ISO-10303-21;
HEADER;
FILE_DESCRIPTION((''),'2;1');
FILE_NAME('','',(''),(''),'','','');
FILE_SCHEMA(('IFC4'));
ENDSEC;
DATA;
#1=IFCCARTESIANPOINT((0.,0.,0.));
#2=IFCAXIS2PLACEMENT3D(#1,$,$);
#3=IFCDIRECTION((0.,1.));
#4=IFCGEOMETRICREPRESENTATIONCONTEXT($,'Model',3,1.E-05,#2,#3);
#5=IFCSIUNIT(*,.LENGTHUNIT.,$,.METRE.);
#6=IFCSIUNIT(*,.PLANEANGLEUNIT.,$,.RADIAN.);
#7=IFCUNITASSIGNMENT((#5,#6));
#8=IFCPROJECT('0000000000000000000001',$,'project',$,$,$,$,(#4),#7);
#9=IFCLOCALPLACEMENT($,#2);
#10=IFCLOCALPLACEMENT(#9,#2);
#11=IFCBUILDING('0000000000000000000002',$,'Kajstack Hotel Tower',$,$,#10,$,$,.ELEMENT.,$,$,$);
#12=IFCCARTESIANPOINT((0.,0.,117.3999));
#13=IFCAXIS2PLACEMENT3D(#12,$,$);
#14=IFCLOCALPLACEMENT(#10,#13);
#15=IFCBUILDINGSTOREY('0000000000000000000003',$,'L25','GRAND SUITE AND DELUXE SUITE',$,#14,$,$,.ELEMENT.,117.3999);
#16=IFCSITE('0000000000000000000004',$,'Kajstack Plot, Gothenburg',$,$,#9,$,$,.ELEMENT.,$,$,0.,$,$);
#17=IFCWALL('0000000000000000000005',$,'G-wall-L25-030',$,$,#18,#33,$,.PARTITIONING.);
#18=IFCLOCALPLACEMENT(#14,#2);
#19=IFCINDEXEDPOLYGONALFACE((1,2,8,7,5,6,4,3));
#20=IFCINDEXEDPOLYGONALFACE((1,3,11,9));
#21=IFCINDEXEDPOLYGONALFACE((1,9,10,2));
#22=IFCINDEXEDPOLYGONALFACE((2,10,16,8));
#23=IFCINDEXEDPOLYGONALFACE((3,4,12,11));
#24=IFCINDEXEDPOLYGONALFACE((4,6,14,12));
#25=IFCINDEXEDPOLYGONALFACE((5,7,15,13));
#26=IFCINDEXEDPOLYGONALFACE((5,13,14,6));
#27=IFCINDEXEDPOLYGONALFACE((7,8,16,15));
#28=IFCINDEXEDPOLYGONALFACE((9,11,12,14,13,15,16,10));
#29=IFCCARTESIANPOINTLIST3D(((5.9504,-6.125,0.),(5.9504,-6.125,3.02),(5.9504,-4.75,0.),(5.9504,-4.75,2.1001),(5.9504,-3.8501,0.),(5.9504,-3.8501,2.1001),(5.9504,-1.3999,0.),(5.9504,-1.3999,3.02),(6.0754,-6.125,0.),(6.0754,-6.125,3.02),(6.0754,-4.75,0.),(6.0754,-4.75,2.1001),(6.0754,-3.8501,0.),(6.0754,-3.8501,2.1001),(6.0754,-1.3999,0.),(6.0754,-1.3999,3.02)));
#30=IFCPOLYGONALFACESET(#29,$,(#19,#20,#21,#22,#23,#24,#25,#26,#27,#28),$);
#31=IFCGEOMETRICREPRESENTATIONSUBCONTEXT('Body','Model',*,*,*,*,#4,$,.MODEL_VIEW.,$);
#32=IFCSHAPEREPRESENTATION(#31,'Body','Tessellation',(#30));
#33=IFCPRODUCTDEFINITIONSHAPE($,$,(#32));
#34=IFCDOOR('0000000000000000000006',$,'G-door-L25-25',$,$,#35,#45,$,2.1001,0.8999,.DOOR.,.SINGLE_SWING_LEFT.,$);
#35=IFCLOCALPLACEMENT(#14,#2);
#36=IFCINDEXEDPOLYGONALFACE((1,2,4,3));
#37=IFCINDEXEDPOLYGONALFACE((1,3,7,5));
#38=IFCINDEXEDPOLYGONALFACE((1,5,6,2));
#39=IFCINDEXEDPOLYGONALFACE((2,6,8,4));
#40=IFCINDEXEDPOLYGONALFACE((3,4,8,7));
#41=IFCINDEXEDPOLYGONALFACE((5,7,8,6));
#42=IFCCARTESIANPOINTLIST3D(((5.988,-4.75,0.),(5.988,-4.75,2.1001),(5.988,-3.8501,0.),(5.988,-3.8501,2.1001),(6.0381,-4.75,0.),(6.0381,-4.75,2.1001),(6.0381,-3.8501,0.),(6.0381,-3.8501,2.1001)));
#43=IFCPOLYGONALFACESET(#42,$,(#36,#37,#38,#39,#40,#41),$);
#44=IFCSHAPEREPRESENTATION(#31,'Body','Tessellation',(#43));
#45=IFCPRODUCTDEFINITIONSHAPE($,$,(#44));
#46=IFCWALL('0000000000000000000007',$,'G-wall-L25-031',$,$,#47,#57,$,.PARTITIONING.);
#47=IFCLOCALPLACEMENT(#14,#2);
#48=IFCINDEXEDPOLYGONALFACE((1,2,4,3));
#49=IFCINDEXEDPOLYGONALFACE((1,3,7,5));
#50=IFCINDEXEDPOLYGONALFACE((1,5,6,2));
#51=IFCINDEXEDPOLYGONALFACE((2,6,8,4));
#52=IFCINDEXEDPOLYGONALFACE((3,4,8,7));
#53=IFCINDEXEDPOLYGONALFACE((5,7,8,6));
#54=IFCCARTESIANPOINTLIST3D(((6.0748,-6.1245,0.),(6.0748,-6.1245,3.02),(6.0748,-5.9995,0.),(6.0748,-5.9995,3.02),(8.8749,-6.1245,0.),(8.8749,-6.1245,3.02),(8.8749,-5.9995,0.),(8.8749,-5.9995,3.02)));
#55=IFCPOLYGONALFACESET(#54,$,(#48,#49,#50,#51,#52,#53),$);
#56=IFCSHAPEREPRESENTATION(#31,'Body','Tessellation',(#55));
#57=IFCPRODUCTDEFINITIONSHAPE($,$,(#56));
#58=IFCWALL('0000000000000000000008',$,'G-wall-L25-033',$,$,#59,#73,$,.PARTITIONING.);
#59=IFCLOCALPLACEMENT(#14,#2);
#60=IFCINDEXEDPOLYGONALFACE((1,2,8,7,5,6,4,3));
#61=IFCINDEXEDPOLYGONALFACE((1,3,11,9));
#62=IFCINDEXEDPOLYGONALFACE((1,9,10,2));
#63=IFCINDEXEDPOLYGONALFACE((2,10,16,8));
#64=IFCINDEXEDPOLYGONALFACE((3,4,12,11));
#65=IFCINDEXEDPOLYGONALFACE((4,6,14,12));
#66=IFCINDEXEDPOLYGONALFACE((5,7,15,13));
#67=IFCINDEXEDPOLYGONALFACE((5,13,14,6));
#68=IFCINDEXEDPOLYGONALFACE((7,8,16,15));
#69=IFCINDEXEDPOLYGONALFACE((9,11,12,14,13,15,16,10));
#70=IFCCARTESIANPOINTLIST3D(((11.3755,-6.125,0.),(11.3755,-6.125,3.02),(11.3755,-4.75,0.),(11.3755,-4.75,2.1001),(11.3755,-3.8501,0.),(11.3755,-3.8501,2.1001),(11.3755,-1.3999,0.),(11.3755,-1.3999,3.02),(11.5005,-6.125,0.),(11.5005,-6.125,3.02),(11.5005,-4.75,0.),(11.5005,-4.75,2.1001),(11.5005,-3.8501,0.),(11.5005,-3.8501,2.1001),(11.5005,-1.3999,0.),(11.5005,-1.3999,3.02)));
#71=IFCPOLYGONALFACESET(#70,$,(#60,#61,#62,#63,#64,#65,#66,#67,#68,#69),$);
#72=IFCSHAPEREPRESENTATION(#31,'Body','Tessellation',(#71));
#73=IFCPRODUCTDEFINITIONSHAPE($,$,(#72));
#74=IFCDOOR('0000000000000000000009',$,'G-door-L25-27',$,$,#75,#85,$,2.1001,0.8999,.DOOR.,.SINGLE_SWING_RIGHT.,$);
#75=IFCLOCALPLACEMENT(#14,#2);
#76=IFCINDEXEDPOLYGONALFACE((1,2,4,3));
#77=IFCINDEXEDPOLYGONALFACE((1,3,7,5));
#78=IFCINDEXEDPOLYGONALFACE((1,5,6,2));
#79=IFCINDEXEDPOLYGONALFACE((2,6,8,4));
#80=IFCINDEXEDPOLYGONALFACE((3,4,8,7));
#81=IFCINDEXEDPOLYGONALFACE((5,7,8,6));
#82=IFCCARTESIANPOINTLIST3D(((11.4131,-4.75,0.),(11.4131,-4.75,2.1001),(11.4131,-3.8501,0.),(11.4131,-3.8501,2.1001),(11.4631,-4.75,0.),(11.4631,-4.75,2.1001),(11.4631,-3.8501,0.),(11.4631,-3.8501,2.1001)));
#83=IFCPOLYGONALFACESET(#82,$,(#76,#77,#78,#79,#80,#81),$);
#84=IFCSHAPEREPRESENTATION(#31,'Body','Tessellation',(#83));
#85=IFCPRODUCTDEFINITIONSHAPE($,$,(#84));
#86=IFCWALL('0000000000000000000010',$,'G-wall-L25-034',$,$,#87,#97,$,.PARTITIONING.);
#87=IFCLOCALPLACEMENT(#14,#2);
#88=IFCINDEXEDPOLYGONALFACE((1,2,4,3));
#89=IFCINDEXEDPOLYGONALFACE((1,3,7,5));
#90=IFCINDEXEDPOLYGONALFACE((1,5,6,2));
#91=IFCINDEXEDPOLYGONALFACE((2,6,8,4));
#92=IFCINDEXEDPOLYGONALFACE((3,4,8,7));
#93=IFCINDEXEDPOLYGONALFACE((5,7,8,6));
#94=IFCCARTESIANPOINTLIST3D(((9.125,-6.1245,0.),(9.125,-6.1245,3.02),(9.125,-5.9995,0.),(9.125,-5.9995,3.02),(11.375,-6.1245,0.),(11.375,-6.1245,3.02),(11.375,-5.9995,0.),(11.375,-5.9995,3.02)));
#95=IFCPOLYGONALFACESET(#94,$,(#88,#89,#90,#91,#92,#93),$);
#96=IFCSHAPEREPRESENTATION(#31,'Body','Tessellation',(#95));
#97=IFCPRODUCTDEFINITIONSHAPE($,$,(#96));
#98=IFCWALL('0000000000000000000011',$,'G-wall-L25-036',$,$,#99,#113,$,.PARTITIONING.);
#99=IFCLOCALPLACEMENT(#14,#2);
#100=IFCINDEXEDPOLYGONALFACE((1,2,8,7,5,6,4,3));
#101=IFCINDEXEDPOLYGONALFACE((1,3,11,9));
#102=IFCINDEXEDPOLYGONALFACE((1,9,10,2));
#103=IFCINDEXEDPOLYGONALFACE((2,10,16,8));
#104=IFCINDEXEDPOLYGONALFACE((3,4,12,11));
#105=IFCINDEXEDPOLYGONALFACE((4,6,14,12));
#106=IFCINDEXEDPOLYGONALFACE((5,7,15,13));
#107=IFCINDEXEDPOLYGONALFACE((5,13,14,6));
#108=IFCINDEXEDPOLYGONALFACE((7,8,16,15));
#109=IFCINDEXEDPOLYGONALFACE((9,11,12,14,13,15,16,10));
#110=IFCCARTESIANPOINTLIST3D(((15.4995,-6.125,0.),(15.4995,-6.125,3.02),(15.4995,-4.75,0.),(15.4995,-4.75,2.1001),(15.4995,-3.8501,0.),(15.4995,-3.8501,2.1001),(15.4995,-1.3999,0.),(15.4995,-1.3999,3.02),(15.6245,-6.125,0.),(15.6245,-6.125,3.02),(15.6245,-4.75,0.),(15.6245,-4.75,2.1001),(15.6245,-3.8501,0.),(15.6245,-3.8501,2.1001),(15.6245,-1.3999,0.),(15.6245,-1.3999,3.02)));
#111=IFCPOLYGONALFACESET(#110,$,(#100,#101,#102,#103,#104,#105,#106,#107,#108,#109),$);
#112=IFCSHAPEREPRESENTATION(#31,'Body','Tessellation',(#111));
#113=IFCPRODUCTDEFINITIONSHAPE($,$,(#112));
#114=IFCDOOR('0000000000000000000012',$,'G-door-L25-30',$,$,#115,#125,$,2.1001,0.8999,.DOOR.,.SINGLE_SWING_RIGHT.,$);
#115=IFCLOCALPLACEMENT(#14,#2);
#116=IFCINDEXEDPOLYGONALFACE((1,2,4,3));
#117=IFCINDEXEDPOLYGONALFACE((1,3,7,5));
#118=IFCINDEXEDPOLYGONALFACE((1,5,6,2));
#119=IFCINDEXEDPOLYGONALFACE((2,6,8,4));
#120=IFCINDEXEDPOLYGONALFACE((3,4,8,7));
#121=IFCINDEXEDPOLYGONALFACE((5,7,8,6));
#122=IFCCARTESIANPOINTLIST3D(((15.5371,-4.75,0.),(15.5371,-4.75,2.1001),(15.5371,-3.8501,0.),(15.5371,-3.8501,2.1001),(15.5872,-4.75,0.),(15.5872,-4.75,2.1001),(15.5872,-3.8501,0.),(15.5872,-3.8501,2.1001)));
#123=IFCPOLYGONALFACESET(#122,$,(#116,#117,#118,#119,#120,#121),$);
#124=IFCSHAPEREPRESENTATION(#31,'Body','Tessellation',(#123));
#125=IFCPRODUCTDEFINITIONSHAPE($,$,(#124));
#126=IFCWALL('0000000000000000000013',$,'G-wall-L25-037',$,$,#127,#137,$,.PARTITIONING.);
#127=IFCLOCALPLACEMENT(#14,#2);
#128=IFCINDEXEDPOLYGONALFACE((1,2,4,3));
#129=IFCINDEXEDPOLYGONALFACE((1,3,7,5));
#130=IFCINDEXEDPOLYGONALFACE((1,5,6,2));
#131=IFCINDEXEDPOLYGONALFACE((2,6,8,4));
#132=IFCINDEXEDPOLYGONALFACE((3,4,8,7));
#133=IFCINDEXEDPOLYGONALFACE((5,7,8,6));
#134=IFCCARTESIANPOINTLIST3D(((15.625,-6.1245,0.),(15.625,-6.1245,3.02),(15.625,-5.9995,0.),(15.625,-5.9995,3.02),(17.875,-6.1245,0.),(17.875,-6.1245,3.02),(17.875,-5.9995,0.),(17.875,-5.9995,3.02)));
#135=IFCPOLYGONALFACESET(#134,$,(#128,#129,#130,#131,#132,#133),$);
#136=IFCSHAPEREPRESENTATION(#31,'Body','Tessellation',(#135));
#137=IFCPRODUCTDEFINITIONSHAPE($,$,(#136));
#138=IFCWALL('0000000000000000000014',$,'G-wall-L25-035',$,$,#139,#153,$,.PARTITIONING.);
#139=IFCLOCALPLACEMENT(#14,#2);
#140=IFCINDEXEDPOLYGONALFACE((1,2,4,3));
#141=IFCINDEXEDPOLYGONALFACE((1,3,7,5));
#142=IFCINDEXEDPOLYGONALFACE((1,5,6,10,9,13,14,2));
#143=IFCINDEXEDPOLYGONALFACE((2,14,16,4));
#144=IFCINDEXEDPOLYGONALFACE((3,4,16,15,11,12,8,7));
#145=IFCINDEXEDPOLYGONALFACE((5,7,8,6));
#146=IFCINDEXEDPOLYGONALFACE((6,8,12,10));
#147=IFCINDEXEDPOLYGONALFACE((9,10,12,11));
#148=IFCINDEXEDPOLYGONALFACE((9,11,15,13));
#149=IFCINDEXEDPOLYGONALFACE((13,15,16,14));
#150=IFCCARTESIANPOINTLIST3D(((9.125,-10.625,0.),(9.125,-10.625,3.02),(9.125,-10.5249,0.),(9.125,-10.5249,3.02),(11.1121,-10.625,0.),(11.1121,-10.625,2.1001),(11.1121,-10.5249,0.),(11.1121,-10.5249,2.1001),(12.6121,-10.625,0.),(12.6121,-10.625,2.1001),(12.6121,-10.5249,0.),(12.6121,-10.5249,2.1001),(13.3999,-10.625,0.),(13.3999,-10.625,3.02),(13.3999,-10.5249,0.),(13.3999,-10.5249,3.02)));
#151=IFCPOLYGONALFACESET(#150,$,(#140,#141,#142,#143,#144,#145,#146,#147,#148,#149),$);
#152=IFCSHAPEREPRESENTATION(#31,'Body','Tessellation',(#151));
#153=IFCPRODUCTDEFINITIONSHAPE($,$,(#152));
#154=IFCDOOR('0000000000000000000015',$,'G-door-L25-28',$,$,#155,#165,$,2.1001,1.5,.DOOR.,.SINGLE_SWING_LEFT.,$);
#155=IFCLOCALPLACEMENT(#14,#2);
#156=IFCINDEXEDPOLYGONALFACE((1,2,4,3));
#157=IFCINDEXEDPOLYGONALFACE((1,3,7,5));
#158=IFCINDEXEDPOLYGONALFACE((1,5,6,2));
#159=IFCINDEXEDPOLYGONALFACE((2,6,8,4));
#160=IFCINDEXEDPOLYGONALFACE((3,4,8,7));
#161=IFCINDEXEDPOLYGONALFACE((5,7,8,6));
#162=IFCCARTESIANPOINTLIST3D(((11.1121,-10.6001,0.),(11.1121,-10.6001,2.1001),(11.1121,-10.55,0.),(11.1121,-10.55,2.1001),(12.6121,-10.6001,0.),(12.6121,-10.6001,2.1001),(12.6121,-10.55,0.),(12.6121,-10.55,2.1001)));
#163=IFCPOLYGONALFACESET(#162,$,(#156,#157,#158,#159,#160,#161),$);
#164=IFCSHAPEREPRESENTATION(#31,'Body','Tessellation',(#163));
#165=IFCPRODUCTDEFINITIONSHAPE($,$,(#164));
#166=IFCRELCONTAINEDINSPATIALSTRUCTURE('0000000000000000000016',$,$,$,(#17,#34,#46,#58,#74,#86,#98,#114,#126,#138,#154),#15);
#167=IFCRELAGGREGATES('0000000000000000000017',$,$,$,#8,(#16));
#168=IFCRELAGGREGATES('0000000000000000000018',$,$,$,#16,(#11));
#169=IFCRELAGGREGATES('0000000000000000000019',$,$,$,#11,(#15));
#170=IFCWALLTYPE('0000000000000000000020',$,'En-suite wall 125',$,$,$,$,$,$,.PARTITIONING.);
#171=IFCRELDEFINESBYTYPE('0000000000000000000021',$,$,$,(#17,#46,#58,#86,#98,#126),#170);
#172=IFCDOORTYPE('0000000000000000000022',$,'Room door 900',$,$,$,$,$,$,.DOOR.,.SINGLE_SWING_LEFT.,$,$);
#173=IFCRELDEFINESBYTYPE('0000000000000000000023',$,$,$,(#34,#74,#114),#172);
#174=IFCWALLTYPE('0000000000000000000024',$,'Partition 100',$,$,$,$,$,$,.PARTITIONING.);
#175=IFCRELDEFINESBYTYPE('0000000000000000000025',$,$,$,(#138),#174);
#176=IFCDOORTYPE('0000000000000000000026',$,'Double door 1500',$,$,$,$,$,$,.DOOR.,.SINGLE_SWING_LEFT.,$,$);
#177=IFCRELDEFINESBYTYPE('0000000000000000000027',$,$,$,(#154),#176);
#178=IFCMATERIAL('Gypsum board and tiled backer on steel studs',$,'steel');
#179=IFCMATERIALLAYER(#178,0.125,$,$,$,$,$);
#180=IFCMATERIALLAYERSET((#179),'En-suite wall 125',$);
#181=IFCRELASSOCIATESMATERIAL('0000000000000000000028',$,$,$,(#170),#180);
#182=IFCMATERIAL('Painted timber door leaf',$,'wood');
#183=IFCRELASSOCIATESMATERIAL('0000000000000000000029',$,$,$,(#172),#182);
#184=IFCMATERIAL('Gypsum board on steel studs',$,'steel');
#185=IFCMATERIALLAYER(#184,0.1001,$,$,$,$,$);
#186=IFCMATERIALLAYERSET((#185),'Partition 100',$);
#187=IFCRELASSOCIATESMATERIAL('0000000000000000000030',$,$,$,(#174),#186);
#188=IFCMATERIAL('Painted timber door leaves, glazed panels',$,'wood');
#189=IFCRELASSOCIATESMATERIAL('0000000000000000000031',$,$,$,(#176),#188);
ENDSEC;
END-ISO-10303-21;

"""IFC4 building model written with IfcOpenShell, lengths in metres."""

from ifc_helpers import new_model, si_unit, direction, frame, frame_2d, origin, place, context, subcontext, project, spatial, rectangle, extrude, material, layer, layer_set, type_object, element, fill, save


model = new_model("IFC4")

# Units and contexts
model_context = context("Model", 3, precision=1e-05, world=origin(), true_north=direction((0.0, 1.0)))
body_context = subcontext(model_context, "Body", "Model", "MODEL_VIEW")
ifc_project = project(units=[si_unit("LENGTHUNIT", "METRE"), si_unit("PLANEANGLEUNIT", "RADIAN")], contexts=[model_context])

# Site, building, storey
site_placement = place(None, origin())
site = spatial("IfcSite", under=ifc_project, at=site_placement, Name="Kajstack Plot, Gothenburg", CompositionType="ELEMENT", RefElevation=0.0)
building_placement = place(site_placement, origin())
building = spatial("IfcBuilding", under=site, at=building_placement, Name="Kajstack Hotel Tower", CompositionType="ELEMENT")
storey_placement = place(building_placement, frame((0.0, 0.0, 117.3999)))
storey = spatial("IfcBuildingStorey", under=building, at=storey_placement, Name="L25", Description="GRAND SUITE AND DELUXE SUITE", CompositionType="ELEMENT", Elevation=117.3999)

# Wall, opening, door
ifc_material_1 = material(Name="Gypsum board and tiled backer on steel studs", Category="steel")
ifc_layer_1 = layer(ifc_material_1, 0.125)
ifc_layer_set_1 = layer_set([ifc_layer_1], Name="En-suite wall 125")
wall_type_1 = type_object("IfcWallType", Name="En-suite wall 125", PredefinedType="PARTITIONING", material=ifc_layer_set_1)
ifc_material_2 = material(Name="Painted timber door leaf", Category="wood")
door_type_1 = type_object("IfcDoorType", Name="Room door 900", OperationType="SINGLE_SWING_LEFT", PredefinedType="DOOR", material=ifc_material_2)
wall_1_placement = place(storey_placement, frame((6.0129, -6.125, 0.0), z_axis=(0.0, 0.0, 1.0), x_axis=(0.0, 1.0, 0.0)))
wall_1 = element("IfcWall", 1, at=wall_1_placement, inside=storey, type_object=wall_type_1, Name="G-wall-L25-030", PredefinedType="PARTITIONING", context=body_context, shape_type="SweptSolid", body=[
    extrude(rectangle(XDim=4.7251, YDim=0.125, at=frame_2d((2.3625, 0.0))), origin(), (0.0, 0.0, 1.0), 3.02),
])
opening_1_placement = place(wall_1_placement, frame((1.375, 0.0, 0.0)))
opening_1 = element("IfcOpeningElement", 2, at=opening_1_placement, cuts=wall_1, PredefinedType="OPENING", context=body_context, shape_type="SweptSolid", body=[
    extrude(rectangle(XDim=0.8999, YDim=2.1001, at=frame_2d((0.45, 1.05))), frame((0.0, 0.0725, 0.0), z_axis=(0.0, -1.0, 0.0), x_axis=(1.0, 0.0, 0.0)), (0.0, 0.0, 1.0), 0.145),
])
door_1_placement = place(opening_1_placement, origin())
door_1 = element("IfcDoor", 3, at=door_1_placement, inside=storey, type_object=door_type_1, Name="G-door-L25-25", OperationType="SINGLE_SWING_LEFT", OverallHeight=2.1001, OverallWidth=0.8999, PredefinedType="DOOR", context=body_context, shape_type="SweptSolid", body=[
    extrude(rectangle(XDim=0.8999, YDim=2.1001, at=frame_2d((0.45, 1.05))), frame((0.0, 0.0249, 0.0), z_axis=(0.0, -1.0, 0.0), x_axis=(1.0, 0.0, 0.0)), (0.0, 0.0, 1.0), 0.05),
])
fill(opening_1, door_1)

# Wall
wall_2_placement = place(storey_placement, frame((6.075, -6.062, 0.0), z_axis=(0.0, 0.0, 1.0), x_axis=(1.0, 0.0, 0.0)))
element("IfcWall", 4, at=wall_2_placement, inside=storey, type_object=wall_type_1, Name="G-wall-L25-031", PredefinedType="PARTITIONING", context=body_context, shape_type="SweptSolid", body=[
    extrude(rectangle(XDim=2.8, YDim=0.125, at=frame_2d((1.3999, 0.0))), origin(), (0.0, 0.0, 1.0), 3.02),
])

# Wall, opening, door
wall_3_placement = place(storey_placement, frame((11.438, -6.125, 0.0), z_axis=(0.0, 0.0, 1.0), x_axis=(0.0, 1.0, 0.0)))
wall_3 = element("IfcWall", 5, at=wall_3_placement, inside=storey, type_object=wall_type_1, Name="G-wall-L25-033", PredefinedType="PARTITIONING", context=body_context, shape_type="SweptSolid", body=[
    extrude(rectangle(XDim=4.7251, YDim=0.125, at=frame_2d((2.3625, 0.0))), origin(), (0.0, 0.0, 1.0), 3.02),
])
opening_2_placement = place(wall_3_placement, frame((1.375, 0.0, 0.0)))
opening_2 = element("IfcOpeningElement", 6, at=opening_2_placement, cuts=wall_3, PredefinedType="OPENING", context=body_context, shape_type="SweptSolid", body=[
    extrude(rectangle(XDim=0.8999, YDim=2.1001, at=frame_2d((0.45, 1.05))), frame((0.0, 0.0725, 0.0), z_axis=(0.0, -1.0, 0.0), x_axis=(1.0, 0.0, 0.0)), (0.0, 0.0, 1.0), 0.145),
])
door_2_placement = place(opening_2_placement, origin())
door_2 = element("IfcDoor", 7, at=door_2_placement, inside=storey, type_object=door_type_1, Name="G-door-L25-27", OperationType="SINGLE_SWING_RIGHT", OverallHeight=2.1001, OverallWidth=0.8999, PredefinedType="DOOR", context=body_context, shape_type="SweptSolid", body=[
    extrude(rectangle(XDim=0.8999, YDim=2.1001, at=frame_2d((0.45, 1.05))), frame((0.0, 0.0249, 0.0), z_axis=(0.0, -1.0, 0.0), x_axis=(1.0, 0.0, 0.0)), (0.0, 0.0, 1.0), 0.05),
])
fill(opening_2, door_2)

# Wall
wall_4_placement = place(storey_placement, frame((9.125, -6.062, 0.0), z_axis=(0.0, 0.0, 1.0), x_axis=(1.0, 0.0, 0.0)))
element("IfcWall", 8, at=wall_4_placement, inside=storey, type_object=wall_type_1, Name="G-wall-L25-034", PredefinedType="PARTITIONING", context=body_context, shape_type="SweptSolid", body=[
    extrude(rectangle(XDim=2.25, YDim=0.125, at=frame_2d((1.125, 0.0))), origin(), (0.0, 0.0, 1.0), 3.02),
])

# Wall, opening, door
wall_5_placement = place(storey_placement, frame((15.562, -6.125, 0.0), z_axis=(0.0, 0.0, 1.0), x_axis=(0.0, 1.0, 0.0)))
wall_5 = element("IfcWall", 9, at=wall_5_placement, inside=storey, type_object=wall_type_1, Name="G-wall-L25-036", PredefinedType="PARTITIONING", context=body_context, shape_type="SweptSolid", body=[
    extrude(rectangle(XDim=4.7251, YDim=0.125, at=frame_2d((2.3625, 0.0))), origin(), (0.0, 0.0, 1.0), 3.02),
])
opening_3_placement = place(wall_5_placement, frame((1.375, 0.0, 0.0)))
opening_3 = element("IfcOpeningElement", 10, at=opening_3_placement, cuts=wall_5, PredefinedType="OPENING", context=body_context, shape_type="SweptSolid", body=[
    extrude(rectangle(XDim=0.8999, YDim=2.1001, at=frame_2d((0.45, 1.05))), frame((0.0, 0.0725, 0.0), z_axis=(0.0, -1.0, 0.0), x_axis=(1.0, 0.0, 0.0)), (0.0, 0.0, 1.0), 0.145),
])
door_3_placement = place(opening_3_placement, origin())
door_3 = element("IfcDoor", 11, at=door_3_placement, inside=storey, type_object=door_type_1, Name="G-door-L25-30", OperationType="SINGLE_SWING_RIGHT", OverallHeight=2.1001, OverallWidth=0.8999, PredefinedType="DOOR", context=body_context, shape_type="SweptSolid", body=[
    extrude(rectangle(XDim=0.8999, YDim=2.1001, at=frame_2d((0.45, 1.05))), frame((0.0, 0.0249, 0.0), z_axis=(0.0, -1.0, 0.0), x_axis=(1.0, 0.0, 0.0)), (0.0, 0.0, 1.0), 0.05),
])
fill(opening_3, door_3)

# Wall
wall_6_placement = place(storey_placement, frame((15.625, -6.062, 0.0), z_axis=(0.0, 0.0, 1.0), x_axis=(1.0, 0.0, 0.0)))
element("IfcWall", 12, at=wall_6_placement, inside=storey, type_object=wall_type_1, Name="G-wall-L25-037", PredefinedType="PARTITIONING", context=body_context, shape_type="SweptSolid", body=[
    extrude(rectangle(XDim=2.25, YDim=0.125, at=frame_2d((1.125, 0.0))), origin(), (0.0, 0.0, 1.0), 3.02),
])

# Wall, opening, door
ifc_material_3 = material(Name="Gypsum board on steel studs", Category="steel")
ifc_layer_2 = layer(ifc_material_3, 0.1001)
ifc_layer_set_2 = layer_set([ifc_layer_2], Name="Partition 100")
wall_type_2 = type_object("IfcWallType", Name="Partition 100", PredefinedType="PARTITIONING", material=ifc_layer_set_2)
wall_7_placement = place(storey_placement, frame((9.125, -10.575, 0.0), z_axis=(0.0, 0.0, 1.0), x_axis=(1.0, 0.0, 0.0)))
wall_7 = element("IfcWall", 13, at=wall_7_placement, inside=storey, type_object=wall_type_2, Name="G-wall-L25-035", PredefinedType="PARTITIONING", context=body_context, shape_type="SweptSolid", body=[
    extrude(rectangle(XDim=4.2749, YDim=0.1001, at=frame_2d((2.1375, 0.0))), origin(), (0.0, 0.0, 1.0), 3.02),
])
opening_4_placement = place(wall_7_placement, frame((1.9871, 0.0, 0.0)))
opening_4 = element("IfcOpeningElement", 14, at=opening_4_placement, cuts=wall_7, PredefinedType="OPENING", context=body_context, shape_type="SweptSolid", body=[
    extrude(rectangle(XDim=1.5, YDim=2.1001, at=frame_2d((0.75, 1.05))), frame((0.0, 0.0601, 0.0), z_axis=(0.0, -1.0, 0.0), x_axis=(1.0, 0.0, 0.0)), (0.0, 0.0, 1.0), 0.1201),
])
ifc_material_4 = material(Name="Painted timber door leaves, glazed panels", Category="wood")
door_type_2 = type_object("IfcDoorType", Name="Double door 1500", OperationType="SINGLE_SWING_LEFT", PredefinedType="DOOR", material=ifc_material_4)
door_4_placement = place(opening_4_placement, origin())
door_4 = element("IfcDoor", 15, at=door_4_placement, inside=storey, type_object=door_type_2, Name="G-door-L25-28", OperationType="SINGLE_SWING_LEFT", OverallHeight=2.1001, OverallWidth=1.5, PredefinedType="DOOR", context=body_context, shape_type="SweptSolid", body=[
    extrude(rectangle(XDim=1.5, YDim=2.1001, at=frame_2d((0.75, 1.05))), frame((0.0, 0.0249, 0.0), z_axis=(0.0, -1.0, 0.0), x_axis=(1.0, 0.0, 0.0)), (0.0, 0.0, 1.0), 0.05),
])
fill(opening_4, door_4)

save(model, "model.ifc")
